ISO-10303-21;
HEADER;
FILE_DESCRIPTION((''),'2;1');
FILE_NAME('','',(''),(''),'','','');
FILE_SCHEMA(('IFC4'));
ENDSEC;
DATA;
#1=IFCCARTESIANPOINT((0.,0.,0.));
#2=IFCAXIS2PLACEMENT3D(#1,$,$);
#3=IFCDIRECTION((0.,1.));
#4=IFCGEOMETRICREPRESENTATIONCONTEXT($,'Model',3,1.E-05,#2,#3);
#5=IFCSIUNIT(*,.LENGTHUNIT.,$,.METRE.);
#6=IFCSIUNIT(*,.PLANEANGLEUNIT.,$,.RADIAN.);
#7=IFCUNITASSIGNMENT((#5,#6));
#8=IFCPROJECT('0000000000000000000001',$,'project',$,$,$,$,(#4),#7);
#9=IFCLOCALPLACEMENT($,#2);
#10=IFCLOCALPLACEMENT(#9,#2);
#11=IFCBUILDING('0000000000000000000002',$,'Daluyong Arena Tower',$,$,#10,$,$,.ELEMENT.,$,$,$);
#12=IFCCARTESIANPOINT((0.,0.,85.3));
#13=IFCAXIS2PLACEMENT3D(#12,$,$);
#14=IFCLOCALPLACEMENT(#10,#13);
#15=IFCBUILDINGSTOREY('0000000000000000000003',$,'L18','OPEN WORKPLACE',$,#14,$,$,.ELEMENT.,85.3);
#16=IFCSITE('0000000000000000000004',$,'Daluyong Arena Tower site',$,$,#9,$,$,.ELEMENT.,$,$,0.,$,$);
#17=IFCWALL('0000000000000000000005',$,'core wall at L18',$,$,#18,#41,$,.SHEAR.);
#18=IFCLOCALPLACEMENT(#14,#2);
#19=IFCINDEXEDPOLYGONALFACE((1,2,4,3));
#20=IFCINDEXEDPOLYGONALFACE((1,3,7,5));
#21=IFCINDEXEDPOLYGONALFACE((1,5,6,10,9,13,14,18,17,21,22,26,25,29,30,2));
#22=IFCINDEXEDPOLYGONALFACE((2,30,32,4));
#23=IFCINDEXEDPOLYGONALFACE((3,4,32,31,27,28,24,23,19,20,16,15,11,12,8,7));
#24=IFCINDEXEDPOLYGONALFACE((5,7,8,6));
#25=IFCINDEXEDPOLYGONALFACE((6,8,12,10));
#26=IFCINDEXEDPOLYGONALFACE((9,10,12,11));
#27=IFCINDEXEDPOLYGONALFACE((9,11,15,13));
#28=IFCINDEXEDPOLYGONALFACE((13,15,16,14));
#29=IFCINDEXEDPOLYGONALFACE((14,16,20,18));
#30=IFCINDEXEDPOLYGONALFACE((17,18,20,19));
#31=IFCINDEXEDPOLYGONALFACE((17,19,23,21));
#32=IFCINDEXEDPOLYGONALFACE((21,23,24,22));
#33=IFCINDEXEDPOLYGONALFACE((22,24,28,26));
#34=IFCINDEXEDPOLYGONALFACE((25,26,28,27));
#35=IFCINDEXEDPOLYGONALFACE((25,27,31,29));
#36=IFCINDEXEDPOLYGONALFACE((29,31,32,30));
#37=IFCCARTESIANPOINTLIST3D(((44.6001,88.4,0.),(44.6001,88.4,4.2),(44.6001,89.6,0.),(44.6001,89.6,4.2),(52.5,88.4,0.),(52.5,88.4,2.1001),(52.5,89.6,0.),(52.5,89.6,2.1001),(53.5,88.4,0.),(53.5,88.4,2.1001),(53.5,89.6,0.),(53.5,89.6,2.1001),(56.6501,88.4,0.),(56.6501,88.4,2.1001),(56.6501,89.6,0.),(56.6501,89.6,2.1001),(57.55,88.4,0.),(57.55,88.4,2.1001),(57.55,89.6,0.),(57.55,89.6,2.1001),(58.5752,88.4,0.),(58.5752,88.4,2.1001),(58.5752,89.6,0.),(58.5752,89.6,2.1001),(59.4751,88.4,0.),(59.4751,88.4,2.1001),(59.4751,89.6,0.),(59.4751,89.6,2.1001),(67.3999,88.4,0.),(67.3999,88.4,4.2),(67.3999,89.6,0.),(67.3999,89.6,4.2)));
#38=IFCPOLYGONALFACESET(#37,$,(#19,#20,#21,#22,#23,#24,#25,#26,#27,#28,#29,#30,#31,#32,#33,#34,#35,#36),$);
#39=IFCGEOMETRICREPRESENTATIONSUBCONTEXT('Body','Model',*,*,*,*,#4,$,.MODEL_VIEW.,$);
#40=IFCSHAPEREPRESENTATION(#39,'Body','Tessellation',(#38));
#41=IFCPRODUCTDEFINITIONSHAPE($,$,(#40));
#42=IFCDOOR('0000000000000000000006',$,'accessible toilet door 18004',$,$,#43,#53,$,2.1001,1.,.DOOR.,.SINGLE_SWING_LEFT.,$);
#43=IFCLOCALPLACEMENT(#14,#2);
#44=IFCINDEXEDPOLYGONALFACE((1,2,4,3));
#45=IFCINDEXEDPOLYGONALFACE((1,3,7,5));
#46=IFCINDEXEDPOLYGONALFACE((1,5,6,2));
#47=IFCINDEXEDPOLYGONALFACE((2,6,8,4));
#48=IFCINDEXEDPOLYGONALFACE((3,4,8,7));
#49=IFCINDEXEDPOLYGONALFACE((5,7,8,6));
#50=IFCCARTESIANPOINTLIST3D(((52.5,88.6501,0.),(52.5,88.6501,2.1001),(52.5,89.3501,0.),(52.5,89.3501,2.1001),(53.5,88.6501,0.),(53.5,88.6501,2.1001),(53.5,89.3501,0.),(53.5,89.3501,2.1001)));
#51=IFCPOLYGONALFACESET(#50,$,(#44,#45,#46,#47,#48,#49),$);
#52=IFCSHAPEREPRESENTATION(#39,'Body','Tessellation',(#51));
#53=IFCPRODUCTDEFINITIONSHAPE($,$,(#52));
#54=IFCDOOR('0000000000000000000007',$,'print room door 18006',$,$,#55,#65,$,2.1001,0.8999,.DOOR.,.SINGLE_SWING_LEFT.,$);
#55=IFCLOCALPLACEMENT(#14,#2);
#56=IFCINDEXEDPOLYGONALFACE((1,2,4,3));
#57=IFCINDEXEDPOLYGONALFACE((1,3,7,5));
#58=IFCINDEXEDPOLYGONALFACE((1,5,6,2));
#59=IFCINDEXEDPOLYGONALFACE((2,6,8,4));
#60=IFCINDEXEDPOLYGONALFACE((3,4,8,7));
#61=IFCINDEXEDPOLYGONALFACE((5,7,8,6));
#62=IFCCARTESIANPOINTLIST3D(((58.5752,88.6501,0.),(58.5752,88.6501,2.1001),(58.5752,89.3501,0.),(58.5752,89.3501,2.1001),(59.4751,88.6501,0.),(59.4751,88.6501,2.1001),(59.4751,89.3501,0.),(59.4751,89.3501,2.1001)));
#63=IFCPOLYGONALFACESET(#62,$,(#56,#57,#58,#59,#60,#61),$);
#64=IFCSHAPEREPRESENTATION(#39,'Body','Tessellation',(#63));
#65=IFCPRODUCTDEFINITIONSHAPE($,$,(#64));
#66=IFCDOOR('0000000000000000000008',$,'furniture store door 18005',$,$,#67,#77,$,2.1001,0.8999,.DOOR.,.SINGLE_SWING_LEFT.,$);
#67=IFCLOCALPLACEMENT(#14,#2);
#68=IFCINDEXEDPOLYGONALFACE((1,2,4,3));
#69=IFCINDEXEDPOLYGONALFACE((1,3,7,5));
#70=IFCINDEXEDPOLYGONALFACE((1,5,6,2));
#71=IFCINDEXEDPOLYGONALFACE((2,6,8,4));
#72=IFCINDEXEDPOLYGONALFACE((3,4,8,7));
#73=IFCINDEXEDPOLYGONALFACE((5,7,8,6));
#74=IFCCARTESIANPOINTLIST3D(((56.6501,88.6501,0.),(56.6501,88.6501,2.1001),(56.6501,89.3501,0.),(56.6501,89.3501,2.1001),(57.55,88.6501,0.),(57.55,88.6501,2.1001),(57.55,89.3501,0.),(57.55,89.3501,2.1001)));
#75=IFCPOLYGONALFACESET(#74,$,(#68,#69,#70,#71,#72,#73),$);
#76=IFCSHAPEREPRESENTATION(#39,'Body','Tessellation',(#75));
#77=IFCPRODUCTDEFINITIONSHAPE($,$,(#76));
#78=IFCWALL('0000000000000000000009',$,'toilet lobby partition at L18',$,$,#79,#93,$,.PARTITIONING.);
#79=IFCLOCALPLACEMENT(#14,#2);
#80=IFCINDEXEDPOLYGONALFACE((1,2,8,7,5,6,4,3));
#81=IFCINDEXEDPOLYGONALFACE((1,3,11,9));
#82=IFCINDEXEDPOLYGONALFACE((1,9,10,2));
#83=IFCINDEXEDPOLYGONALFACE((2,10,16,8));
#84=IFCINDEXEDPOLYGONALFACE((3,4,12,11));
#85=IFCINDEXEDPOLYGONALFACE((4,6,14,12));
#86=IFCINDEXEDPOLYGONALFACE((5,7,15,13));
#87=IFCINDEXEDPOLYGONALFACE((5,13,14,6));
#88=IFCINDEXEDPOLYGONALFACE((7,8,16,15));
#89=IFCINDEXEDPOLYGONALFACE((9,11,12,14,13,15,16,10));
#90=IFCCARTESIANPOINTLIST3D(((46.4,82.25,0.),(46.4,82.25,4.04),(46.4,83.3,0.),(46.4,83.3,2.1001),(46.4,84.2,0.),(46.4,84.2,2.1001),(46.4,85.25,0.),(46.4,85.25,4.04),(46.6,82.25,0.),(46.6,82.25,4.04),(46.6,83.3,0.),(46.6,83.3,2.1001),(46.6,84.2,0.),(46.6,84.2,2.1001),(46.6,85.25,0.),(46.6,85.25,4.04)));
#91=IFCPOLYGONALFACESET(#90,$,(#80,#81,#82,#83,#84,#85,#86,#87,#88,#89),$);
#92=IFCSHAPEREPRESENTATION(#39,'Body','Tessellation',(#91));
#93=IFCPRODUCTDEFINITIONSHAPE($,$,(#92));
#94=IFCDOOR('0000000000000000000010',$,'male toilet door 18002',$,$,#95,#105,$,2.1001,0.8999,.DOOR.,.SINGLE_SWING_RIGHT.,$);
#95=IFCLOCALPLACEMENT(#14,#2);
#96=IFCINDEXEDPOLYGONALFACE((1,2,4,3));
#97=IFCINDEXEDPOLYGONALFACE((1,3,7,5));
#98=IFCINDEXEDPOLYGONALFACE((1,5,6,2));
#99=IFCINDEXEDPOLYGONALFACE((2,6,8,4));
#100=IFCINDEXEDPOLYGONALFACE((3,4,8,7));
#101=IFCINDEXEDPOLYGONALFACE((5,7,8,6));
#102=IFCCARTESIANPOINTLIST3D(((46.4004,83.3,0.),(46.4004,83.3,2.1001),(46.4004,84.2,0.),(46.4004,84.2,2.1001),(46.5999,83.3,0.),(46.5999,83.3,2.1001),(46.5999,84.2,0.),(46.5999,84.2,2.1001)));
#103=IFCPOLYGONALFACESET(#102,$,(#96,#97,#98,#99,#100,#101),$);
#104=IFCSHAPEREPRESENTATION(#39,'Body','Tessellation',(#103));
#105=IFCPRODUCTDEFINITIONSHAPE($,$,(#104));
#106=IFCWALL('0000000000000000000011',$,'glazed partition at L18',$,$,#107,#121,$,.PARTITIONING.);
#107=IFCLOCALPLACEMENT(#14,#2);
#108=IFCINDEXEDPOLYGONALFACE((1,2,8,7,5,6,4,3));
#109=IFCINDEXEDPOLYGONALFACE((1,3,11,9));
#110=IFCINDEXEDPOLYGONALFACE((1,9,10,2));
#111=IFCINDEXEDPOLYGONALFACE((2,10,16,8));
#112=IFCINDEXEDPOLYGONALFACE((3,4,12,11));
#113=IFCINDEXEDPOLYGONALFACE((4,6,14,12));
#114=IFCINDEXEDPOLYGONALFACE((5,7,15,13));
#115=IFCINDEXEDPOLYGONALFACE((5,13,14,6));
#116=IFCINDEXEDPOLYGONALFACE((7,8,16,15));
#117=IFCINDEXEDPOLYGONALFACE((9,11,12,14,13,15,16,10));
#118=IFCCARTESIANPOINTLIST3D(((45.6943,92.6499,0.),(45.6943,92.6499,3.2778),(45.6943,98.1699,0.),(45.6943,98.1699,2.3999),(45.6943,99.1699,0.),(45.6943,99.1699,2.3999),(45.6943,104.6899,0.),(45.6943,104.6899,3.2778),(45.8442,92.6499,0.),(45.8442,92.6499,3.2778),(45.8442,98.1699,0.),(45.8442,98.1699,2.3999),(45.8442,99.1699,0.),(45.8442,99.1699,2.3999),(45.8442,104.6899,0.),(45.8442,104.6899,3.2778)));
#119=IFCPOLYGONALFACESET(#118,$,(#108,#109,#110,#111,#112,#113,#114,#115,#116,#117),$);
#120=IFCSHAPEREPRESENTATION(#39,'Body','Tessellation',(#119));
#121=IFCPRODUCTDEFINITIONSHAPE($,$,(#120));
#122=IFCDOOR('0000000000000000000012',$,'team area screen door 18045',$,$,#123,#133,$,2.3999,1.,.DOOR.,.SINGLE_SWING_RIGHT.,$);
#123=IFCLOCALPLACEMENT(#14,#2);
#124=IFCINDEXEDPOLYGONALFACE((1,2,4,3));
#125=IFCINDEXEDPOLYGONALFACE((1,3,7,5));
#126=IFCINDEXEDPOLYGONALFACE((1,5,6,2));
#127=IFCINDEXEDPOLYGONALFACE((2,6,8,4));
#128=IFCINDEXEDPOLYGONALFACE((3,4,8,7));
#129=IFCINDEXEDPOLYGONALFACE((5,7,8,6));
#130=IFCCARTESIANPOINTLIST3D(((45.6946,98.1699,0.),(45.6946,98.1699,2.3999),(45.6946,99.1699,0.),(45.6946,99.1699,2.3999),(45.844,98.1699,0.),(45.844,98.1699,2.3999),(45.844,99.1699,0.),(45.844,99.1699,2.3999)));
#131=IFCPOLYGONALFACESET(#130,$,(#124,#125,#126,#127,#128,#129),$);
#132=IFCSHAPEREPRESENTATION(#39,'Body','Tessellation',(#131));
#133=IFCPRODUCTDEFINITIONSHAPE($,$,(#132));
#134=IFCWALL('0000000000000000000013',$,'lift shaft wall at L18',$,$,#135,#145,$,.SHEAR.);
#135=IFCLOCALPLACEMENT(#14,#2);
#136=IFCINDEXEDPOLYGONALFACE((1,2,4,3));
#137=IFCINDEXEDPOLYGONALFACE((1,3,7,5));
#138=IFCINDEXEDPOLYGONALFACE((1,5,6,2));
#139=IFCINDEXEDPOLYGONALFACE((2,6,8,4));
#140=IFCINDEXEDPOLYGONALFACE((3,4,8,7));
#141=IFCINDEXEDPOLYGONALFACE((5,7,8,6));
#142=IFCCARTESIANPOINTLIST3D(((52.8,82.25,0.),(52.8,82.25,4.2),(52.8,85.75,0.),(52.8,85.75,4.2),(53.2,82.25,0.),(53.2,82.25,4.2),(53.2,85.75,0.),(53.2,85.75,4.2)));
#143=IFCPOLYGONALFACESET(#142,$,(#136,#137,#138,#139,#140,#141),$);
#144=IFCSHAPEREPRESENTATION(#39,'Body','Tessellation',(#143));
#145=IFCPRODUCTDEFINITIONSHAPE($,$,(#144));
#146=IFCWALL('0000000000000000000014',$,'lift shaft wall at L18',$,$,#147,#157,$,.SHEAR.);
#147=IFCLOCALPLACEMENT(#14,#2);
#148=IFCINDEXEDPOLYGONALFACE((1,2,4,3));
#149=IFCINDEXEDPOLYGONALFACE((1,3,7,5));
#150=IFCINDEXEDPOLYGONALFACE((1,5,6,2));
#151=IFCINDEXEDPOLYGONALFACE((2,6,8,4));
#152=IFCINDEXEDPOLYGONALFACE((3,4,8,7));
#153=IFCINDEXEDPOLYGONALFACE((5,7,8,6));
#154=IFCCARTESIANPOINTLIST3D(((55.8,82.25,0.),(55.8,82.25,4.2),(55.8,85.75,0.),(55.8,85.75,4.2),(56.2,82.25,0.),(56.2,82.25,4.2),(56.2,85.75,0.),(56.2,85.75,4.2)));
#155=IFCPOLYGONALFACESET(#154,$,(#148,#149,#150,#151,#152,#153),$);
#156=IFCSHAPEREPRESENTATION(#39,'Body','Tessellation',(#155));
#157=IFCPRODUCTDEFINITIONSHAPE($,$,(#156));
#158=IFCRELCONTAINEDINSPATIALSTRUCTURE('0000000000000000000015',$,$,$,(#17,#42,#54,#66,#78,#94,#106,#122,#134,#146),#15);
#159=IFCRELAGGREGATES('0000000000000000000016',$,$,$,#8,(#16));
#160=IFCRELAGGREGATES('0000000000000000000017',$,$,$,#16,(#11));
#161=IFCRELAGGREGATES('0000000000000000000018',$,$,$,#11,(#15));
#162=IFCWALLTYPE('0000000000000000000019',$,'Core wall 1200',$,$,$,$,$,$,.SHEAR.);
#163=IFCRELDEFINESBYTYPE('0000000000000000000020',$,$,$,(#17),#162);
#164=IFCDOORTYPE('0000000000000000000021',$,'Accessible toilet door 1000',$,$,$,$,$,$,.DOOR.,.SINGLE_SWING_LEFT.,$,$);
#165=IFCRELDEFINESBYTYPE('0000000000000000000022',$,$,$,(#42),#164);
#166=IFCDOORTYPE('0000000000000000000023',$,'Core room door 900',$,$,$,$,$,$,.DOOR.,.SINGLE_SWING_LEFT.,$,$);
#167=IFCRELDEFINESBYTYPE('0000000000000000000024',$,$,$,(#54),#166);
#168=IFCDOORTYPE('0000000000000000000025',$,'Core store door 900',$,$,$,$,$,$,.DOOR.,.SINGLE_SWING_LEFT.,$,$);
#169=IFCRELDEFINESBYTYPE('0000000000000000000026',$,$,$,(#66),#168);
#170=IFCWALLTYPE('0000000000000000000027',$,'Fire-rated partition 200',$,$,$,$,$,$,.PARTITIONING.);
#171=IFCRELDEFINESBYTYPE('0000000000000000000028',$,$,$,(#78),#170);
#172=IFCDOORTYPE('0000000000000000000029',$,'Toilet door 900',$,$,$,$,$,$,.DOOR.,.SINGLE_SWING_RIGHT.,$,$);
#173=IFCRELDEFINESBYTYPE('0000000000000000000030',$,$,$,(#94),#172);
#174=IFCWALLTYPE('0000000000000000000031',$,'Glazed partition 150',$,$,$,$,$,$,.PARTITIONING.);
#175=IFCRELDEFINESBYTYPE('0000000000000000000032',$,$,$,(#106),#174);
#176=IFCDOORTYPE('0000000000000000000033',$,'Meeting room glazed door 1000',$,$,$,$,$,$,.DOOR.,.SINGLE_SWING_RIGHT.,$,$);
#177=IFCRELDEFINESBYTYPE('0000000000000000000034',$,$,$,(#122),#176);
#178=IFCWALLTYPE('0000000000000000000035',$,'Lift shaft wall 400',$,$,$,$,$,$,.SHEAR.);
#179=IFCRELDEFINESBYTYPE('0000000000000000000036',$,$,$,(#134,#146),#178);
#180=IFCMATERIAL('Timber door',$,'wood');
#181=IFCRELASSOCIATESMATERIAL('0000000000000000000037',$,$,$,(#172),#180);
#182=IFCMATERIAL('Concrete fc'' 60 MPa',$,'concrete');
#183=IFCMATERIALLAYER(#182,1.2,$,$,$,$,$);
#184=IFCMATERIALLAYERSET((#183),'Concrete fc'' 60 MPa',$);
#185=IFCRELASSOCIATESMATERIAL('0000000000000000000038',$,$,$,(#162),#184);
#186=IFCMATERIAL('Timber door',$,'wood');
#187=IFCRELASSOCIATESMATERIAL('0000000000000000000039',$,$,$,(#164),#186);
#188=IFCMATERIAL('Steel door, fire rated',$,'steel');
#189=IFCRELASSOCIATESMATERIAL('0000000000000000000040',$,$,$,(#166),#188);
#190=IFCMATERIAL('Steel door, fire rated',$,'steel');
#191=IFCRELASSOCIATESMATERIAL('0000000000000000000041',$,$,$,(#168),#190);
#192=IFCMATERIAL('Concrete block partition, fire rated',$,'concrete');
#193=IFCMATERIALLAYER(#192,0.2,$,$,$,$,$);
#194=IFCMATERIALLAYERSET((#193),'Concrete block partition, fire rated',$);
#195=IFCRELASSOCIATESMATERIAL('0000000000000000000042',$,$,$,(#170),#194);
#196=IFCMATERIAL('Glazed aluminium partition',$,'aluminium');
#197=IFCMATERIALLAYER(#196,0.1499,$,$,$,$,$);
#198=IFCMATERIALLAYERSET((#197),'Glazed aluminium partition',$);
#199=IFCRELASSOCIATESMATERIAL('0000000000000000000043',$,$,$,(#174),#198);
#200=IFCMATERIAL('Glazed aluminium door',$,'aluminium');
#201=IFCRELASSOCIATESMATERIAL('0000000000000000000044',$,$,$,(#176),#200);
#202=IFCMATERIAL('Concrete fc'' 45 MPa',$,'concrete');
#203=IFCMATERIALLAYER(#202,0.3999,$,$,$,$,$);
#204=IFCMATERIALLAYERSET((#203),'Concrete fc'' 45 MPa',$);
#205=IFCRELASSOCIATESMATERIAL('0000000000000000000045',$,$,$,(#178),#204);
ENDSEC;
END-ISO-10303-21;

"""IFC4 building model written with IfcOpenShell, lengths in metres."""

from ifc_helpers import new_model, si_unit, direction, frame, frame_2d, origin, place, context, subcontext, project, spatial, rectangle, extrude, material, layer, layer_set, type_object, element, fill, save


model = new_model("IFC4")

# Units and contexts
model_context = context("Model", 3, precision=1e-05, world=origin(), true_north=direction((0.0, 1.0)))
body_context = subcontext(model_context, "Body", "Model", "MODEL_VIEW")
ifc_project = project(units=[si_unit("LENGTHUNIT", "METRE"), si_unit("PLANEANGLEUNIT", "RADIAN")], contexts=[model_context])

# Site, building, storey
site_placement = place(None, origin())
site = spatial("IfcSite", under=ifc_project, at=site_placement, Name="Daluyong Arena Tower site", CompositionType="ELEMENT", RefElevation=0.0)
building_placement = place(site_placement, origin())
building = spatial("IfcBuilding", under=site, at=building_placement, Name="Daluyong Arena Tower", CompositionType="ELEMENT")
storey_placement = place(building_placement, frame((0.0, 0.0, 85.3)))
storey = spatial("IfcBuildingStorey", under=building, at=storey_placement, Name="L18", Description="OPEN WORKPLACE", CompositionType="ELEMENT", Elevation=85.3)

# Shared definitions
ifc_material_1 = material(Name="Timber door", Category="wood")
door_type_1 = type_object("IfcDoorType", Name="Toilet door 900", OperationType="SINGLE_SWING_RIGHT", PredefinedType="DOOR", material=ifc_material_1)

# Wall, openings, doors
ifc_material_2 = material(Name="Concrete fc' 60 MPa", Category="concrete")
ifc_layer_1 = layer(ifc_material_2, 1.2)
ifc_layer_set_1 = layer_set([ifc_layer_1], Name="Concrete fc' 60 MPa")
wall_type_1 = type_object("IfcWallType", Name="Core wall 1200", PredefinedType="SHEAR", material=ifc_layer_set_1)
wall_1_placement = place(storey_placement, frame((44.6001, 89.0, 0.0), z_axis=(0.0, 0.0, 1.0), x_axis=(1.0, 0.0, 0.0)))
wall_1 = element("IfcWall", 1, at=wall_1_placement, inside=storey, type_object=wall_type_1, Name="core wall at L18", PredefinedType="SHEAR", context=body_context, shape_type="SweptSolid", body=[
    extrude(rectangle(XDim=22.7998, YDim=1.2, at=frame_2d((11.3999, 0.0))), origin(), (0.0, 0.0, 1.0), 4.2),
])
opening_1_placement = place(wall_1_placement, frame((7.8999, 0.0, 0.0)))
opening_1 = element("IfcOpeningElement", 2, at=opening_1_placement, cuts=wall_1, PredefinedType="OPENING", context=body_context, shape_type="SweptSolid", body=[
    extrude(rectangle(XDim=1.0, YDim=2.1001, at=frame_2d((0.5, 1.05))), frame((0.0, 0.6099, 0.0), z_axis=(0.0, -1.0, 0.0), x_axis=(1.0, 0.0, 0.0)), (0.0, 0.0, 1.0), 1.22),
])
opening_2_placement = place(wall_1_placement, frame((12.05, 0.0, 0.0)))
opening_2 = element("IfcOpeningElement", 3, at=opening_2_placement, cuts=wall_1, PredefinedType="OPENING", context=body_context, shape_type="SweptSolid", body=[
    extrude(rectangle(XDim=0.8999, YDim=2.1001, at=frame_2d((0.45, 1.05))), frame((0.0, 0.6099, 0.0), z_axis=(0.0, -1.0, 0.0), x_axis=(1.0, 0.0, 0.0)), (0.0, 0.0, 1.0), 1.22),
])
opening_3_placement = place(wall_1_placement, frame((13.9751, 0.0, 0.0)))
opening_3 = element("IfcOpeningElement", 4, at=opening_3_placement, cuts=wall_1, PredefinedType="OPENING", context=body_context, shape_type="SweptSolid", body=[
    extrude(rectangle(XDim=0.8999, YDim=2.1001, at=frame_2d((0.45, 1.05))), frame((0.0, 0.6099, 0.0), z_axis=(0.0, -1.0, 0.0), x_axis=(1.0, 0.0, 0.0)), (0.0, 0.0, 1.0), 1.22),
])
ifc_material_3 = material(Name="Timber door", Category="wood")
door_type_2 = type_object("IfcDoorType", Name="Accessible toilet door 1000", OperationType="SINGLE_SWING_LEFT", PredefinedType="DOOR", material=ifc_material_3)
door_1_placement = place(opening_1_placement, origin())
door_1 = element("IfcDoor", 5, at=door_1_placement, inside=storey, type_object=door_type_2, Name="accessible toilet door 18004", OperationType="SINGLE_SWING_LEFT", OverallHeight=2.1001, OverallWidth=1.0, PredefinedType="DOOR", context=body_context, shape_type="SweptSolid", body=[
    extrude(rectangle(XDim=1.0, YDim=2.1001, at=frame_2d((0.5, 1.05))), frame((0.0, 0.3501, 0.0), z_axis=(0.0, -1.0, 0.0), x_axis=(1.0, 0.0, 0.0)), (0.0, 0.0, 1.0), 0.7),
])
fill(opening_1, door_1)
ifc_material_4 = material(Name="Steel door, fire rated", Category="steel")
door_type_3 = type_object("IfcDoorType", Name="Core room door 900", OperationType="SINGLE_SWING_LEFT", PredefinedType="DOOR", material=ifc_material_4)
door_2_placement = place(opening_3_placement, origin())
door_2 = element("IfcDoor", 6, at=door_2_placement, inside=storey, type_object=door_type_3, Name="print room door 18006", OperationType="SINGLE_SWING_LEFT", OverallHeight=2.1001, OverallWidth=0.8999, PredefinedType="DOOR", context=body_context, shape_type="SweptSolid", body=[
    extrude(rectangle(XDim=0.8999, YDim=2.1001, at=frame_2d((0.45, 1.05))), frame((0.0, 0.3501, 0.0), z_axis=(0.0, -1.0, 0.0), x_axis=(1.0, 0.0, 0.0)), (0.0, 0.0, 1.0), 0.7),
])
fill(opening_3, door_2)
ifc_material_5 = material(Name="Steel door, fire rated", Category="steel")
door_type_4 = type_object("IfcDoorType", Name="Core store door 900", OperationType="SINGLE_SWING_LEFT", PredefinedType="DOOR", material=ifc_material_5)
door_3_placement = place(opening_2_placement, origin())
door_3 = element("IfcDoor", 7, at=door_3_placement, inside=storey, type_object=door_type_4, Name="furniture store door 18005", OperationType="SINGLE_SWING_LEFT", OverallHeight=2.1001, OverallWidth=0.8999, PredefinedType="DOOR", context=body_context, shape_type="SweptSolid", body=[
    extrude(rectangle(XDim=0.8999, YDim=2.1001, at=frame_2d((0.45, 1.05))), frame((0.0, 0.3501, 0.0), z_axis=(0.0, -1.0, 0.0), x_axis=(1.0, 0.0, 0.0)), (0.0, 0.0, 1.0), 0.7),
])
fill(opening_2, door_3)

# Walls, openings, doors
ifc_material_6 = material(Name="Concrete block partition, fire rated", Category="concrete")
ifc_layer_2 = layer(ifc_material_6, 0.2)
ifc_layer_set_2 = layer_set([ifc_layer_2], Name="Concrete block partition, fire rated")
wall_type_2 = type_object("IfcWallType", Name="Fire-rated partition 200", PredefinedType="PARTITIONING", material=ifc_layer_set_2)
wall_2_placement = place(storey_placement, frame((46.5, 82.25, 0.0), z_axis=(0.0, 0.0, 1.0), x_axis=(0.0, 1.0, 0.0)))
wall_2 = element("IfcWall", 8, at=wall_2_placement, inside=storey, type_object=wall_type_2, Name="toilet lobby partition at L18", PredefinedType="PARTITIONING", context=body_context, shape_type="SweptSolid", body=[
    extrude(rectangle(XDim=3.0, YDim=0.2, at=frame_2d((1.5, 0.0))), origin(), (0.0, 0.0, 1.0), 4.04),
])
opening_4_placement = place(wall_2_placement, frame((1.05, 0.0, 0.0)))
opening_4 = element("IfcOpeningElement", 9, at=opening_4_placement, cuts=wall_2, PredefinedType="OPENING", context=body_context, shape_type="SweptSolid", body=[
    extrude(rectangle(XDim=0.8999, YDim=2.1001, at=frame_2d((0.45, 1.05))), frame((0.0, 0.1099, 0.0), z_axis=(0.0, -1.0, 0.0), x_axis=(1.0, 0.0, 0.0)), (0.0, 0.0, 1.0), 0.22),
])
door_4_placement = place(opening_4_placement, origin())
door_4 = element("IfcDoor", 10, at=door_4_placement, inside=storey, type_object=door_type_1, Name="male toilet door 18002", OperationType="SINGLE_SWING_RIGHT", OverallHeight=2.1001, OverallWidth=0.8999, PredefinedType="DOOR", context=body_context, shape_type="SweptSolid", body=[
    extrude(rectangle(XDim=0.8999, YDim=2.1001, at=frame_2d((0.45, 1.05))), frame((0.0, 0.0996, 0.0), z_axis=(0.0, -1.0, 0.0), x_axis=(1.0, 0.0, 0.0)), (0.0, 0.0, 1.0), 0.1995),
])
fill(opening_4, door_4)
ifc_material_7 = material(Name="Glazed aluminium partition", Category="aluminium")
ifc_layer_3 = layer(ifc_material_7, 0.1499)
ifc_layer_set_3 = layer_set([ifc_layer_3], Name="Glazed aluminium partition")
wall_type_3 = type_object("IfcWallType", Name="Glazed partition 150", PredefinedType="PARTITIONING", material=ifc_layer_set_3)
wall_3_placement = place(storey_placement, frame((45.7693, 92.6499, 0.0), z_axis=(0.0, 0.0, 1.0), x_axis=(0.0, 1.0, 0.0)))
wall_3 = element("IfcWall", 11, at=wall_3_placement, inside=storey, type_object=wall_type_3, Name="glazed partition at L18", PredefinedType="PARTITIONING", context=body_context, shape_type="SweptSolid", body=[
    extrude(rectangle(XDim=12.04, YDim=0.1499, at=frame_2d((6.02, 0.0))), origin(), (0.0, 0.0, 1.0), 3.2778),
])
opening_5_placement = place(wall_3_placement, frame((5.52, 0.0, 0.0)))
opening_5 = element("IfcOpeningElement", 12, at=opening_5_placement, cuts=wall_3, PredefinedType="OPENING", context=body_context, shape_type="SweptSolid", body=[
    extrude(rectangle(XDim=1.0, YDim=2.3999, at=frame_2d((0.5, 1.2))), frame((0.0, 0.085, 0.0), z_axis=(0.0, -1.0, 0.0), x_axis=(1.0, 0.0, 0.0)), (0.0, 0.0, 1.0), 0.1699),
])
ifc_material_8 = material(Name="Glazed aluminium door", Category="aluminium")
door_type_5 = type_object("IfcDoorType", Name="Meeting room glazed door 1000", OperationType="SINGLE_SWING_RIGHT", PredefinedType="DOOR", material=ifc_material_8)
door_5_placement = place(opening_5_placement, origin())
door_5 = element("IfcDoor", 13, at=door_5_placement, inside=storey, type_object=door_type_5, Name="team area screen door 18045", OperationType="SINGLE_SWING_RIGHT", OverallHeight=2.3999, OverallWidth=1.0, PredefinedType="DOOR", context=body_context, shape_type="SweptSolid", body=[
    extrude(rectangle(XDim=1.0, YDim=2.3999, at=frame_2d((0.5, 1.2))), frame((0.0, 0.0747, 0.0), z_axis=(0.0, -1.0, 0.0), x_axis=(1.0, 0.0, 0.0)), (0.0, 0.0, 1.0), 0.1494),
])
fill(opening_5, door_5)

# Walls
ifc_material_9 = material(Name="Concrete fc' 45 MPa", Category="concrete")
ifc_layer_4 = layer(ifc_material_9, 0.3999)
ifc_layer_set_4 = layer_set([ifc_layer_4], Name="Concrete fc' 45 MPa")
wall_type_4 = type_object("IfcWallType", Name="Lift shaft wall 400", PredefinedType="SHEAR", material=ifc_layer_set_4)
for number, where, z_axis, x_axis, name in (
    (14, (53.0, 82.25, 0.0), (0.0, 0.0, 1.0), (0.0, 1.0, 0.0), "lift shaft wall at L18"),
    (15, (56.0, 82.25, 0.0), (0.0, 0.0, 1.0), (0.0, 1.0, 0.0), "lift shaft wall at L18"),
):
    element("IfcWall", number, at=place(storey_placement, frame(where, z_axis=z_axis, x_axis=x_axis)), inside=storey, type_object=wall_type_4, Name=name, PredefinedType="SHEAR", context=body_context, shape_type="SweptSolid", body=[
        extrude(rectangle(XDim=3.5, YDim=0.3999, at=frame_2d((1.75, 0.0))), origin(), (0.0, 0.0, 1.0), 4.2),
    ])

save(model, "model.ifc")
